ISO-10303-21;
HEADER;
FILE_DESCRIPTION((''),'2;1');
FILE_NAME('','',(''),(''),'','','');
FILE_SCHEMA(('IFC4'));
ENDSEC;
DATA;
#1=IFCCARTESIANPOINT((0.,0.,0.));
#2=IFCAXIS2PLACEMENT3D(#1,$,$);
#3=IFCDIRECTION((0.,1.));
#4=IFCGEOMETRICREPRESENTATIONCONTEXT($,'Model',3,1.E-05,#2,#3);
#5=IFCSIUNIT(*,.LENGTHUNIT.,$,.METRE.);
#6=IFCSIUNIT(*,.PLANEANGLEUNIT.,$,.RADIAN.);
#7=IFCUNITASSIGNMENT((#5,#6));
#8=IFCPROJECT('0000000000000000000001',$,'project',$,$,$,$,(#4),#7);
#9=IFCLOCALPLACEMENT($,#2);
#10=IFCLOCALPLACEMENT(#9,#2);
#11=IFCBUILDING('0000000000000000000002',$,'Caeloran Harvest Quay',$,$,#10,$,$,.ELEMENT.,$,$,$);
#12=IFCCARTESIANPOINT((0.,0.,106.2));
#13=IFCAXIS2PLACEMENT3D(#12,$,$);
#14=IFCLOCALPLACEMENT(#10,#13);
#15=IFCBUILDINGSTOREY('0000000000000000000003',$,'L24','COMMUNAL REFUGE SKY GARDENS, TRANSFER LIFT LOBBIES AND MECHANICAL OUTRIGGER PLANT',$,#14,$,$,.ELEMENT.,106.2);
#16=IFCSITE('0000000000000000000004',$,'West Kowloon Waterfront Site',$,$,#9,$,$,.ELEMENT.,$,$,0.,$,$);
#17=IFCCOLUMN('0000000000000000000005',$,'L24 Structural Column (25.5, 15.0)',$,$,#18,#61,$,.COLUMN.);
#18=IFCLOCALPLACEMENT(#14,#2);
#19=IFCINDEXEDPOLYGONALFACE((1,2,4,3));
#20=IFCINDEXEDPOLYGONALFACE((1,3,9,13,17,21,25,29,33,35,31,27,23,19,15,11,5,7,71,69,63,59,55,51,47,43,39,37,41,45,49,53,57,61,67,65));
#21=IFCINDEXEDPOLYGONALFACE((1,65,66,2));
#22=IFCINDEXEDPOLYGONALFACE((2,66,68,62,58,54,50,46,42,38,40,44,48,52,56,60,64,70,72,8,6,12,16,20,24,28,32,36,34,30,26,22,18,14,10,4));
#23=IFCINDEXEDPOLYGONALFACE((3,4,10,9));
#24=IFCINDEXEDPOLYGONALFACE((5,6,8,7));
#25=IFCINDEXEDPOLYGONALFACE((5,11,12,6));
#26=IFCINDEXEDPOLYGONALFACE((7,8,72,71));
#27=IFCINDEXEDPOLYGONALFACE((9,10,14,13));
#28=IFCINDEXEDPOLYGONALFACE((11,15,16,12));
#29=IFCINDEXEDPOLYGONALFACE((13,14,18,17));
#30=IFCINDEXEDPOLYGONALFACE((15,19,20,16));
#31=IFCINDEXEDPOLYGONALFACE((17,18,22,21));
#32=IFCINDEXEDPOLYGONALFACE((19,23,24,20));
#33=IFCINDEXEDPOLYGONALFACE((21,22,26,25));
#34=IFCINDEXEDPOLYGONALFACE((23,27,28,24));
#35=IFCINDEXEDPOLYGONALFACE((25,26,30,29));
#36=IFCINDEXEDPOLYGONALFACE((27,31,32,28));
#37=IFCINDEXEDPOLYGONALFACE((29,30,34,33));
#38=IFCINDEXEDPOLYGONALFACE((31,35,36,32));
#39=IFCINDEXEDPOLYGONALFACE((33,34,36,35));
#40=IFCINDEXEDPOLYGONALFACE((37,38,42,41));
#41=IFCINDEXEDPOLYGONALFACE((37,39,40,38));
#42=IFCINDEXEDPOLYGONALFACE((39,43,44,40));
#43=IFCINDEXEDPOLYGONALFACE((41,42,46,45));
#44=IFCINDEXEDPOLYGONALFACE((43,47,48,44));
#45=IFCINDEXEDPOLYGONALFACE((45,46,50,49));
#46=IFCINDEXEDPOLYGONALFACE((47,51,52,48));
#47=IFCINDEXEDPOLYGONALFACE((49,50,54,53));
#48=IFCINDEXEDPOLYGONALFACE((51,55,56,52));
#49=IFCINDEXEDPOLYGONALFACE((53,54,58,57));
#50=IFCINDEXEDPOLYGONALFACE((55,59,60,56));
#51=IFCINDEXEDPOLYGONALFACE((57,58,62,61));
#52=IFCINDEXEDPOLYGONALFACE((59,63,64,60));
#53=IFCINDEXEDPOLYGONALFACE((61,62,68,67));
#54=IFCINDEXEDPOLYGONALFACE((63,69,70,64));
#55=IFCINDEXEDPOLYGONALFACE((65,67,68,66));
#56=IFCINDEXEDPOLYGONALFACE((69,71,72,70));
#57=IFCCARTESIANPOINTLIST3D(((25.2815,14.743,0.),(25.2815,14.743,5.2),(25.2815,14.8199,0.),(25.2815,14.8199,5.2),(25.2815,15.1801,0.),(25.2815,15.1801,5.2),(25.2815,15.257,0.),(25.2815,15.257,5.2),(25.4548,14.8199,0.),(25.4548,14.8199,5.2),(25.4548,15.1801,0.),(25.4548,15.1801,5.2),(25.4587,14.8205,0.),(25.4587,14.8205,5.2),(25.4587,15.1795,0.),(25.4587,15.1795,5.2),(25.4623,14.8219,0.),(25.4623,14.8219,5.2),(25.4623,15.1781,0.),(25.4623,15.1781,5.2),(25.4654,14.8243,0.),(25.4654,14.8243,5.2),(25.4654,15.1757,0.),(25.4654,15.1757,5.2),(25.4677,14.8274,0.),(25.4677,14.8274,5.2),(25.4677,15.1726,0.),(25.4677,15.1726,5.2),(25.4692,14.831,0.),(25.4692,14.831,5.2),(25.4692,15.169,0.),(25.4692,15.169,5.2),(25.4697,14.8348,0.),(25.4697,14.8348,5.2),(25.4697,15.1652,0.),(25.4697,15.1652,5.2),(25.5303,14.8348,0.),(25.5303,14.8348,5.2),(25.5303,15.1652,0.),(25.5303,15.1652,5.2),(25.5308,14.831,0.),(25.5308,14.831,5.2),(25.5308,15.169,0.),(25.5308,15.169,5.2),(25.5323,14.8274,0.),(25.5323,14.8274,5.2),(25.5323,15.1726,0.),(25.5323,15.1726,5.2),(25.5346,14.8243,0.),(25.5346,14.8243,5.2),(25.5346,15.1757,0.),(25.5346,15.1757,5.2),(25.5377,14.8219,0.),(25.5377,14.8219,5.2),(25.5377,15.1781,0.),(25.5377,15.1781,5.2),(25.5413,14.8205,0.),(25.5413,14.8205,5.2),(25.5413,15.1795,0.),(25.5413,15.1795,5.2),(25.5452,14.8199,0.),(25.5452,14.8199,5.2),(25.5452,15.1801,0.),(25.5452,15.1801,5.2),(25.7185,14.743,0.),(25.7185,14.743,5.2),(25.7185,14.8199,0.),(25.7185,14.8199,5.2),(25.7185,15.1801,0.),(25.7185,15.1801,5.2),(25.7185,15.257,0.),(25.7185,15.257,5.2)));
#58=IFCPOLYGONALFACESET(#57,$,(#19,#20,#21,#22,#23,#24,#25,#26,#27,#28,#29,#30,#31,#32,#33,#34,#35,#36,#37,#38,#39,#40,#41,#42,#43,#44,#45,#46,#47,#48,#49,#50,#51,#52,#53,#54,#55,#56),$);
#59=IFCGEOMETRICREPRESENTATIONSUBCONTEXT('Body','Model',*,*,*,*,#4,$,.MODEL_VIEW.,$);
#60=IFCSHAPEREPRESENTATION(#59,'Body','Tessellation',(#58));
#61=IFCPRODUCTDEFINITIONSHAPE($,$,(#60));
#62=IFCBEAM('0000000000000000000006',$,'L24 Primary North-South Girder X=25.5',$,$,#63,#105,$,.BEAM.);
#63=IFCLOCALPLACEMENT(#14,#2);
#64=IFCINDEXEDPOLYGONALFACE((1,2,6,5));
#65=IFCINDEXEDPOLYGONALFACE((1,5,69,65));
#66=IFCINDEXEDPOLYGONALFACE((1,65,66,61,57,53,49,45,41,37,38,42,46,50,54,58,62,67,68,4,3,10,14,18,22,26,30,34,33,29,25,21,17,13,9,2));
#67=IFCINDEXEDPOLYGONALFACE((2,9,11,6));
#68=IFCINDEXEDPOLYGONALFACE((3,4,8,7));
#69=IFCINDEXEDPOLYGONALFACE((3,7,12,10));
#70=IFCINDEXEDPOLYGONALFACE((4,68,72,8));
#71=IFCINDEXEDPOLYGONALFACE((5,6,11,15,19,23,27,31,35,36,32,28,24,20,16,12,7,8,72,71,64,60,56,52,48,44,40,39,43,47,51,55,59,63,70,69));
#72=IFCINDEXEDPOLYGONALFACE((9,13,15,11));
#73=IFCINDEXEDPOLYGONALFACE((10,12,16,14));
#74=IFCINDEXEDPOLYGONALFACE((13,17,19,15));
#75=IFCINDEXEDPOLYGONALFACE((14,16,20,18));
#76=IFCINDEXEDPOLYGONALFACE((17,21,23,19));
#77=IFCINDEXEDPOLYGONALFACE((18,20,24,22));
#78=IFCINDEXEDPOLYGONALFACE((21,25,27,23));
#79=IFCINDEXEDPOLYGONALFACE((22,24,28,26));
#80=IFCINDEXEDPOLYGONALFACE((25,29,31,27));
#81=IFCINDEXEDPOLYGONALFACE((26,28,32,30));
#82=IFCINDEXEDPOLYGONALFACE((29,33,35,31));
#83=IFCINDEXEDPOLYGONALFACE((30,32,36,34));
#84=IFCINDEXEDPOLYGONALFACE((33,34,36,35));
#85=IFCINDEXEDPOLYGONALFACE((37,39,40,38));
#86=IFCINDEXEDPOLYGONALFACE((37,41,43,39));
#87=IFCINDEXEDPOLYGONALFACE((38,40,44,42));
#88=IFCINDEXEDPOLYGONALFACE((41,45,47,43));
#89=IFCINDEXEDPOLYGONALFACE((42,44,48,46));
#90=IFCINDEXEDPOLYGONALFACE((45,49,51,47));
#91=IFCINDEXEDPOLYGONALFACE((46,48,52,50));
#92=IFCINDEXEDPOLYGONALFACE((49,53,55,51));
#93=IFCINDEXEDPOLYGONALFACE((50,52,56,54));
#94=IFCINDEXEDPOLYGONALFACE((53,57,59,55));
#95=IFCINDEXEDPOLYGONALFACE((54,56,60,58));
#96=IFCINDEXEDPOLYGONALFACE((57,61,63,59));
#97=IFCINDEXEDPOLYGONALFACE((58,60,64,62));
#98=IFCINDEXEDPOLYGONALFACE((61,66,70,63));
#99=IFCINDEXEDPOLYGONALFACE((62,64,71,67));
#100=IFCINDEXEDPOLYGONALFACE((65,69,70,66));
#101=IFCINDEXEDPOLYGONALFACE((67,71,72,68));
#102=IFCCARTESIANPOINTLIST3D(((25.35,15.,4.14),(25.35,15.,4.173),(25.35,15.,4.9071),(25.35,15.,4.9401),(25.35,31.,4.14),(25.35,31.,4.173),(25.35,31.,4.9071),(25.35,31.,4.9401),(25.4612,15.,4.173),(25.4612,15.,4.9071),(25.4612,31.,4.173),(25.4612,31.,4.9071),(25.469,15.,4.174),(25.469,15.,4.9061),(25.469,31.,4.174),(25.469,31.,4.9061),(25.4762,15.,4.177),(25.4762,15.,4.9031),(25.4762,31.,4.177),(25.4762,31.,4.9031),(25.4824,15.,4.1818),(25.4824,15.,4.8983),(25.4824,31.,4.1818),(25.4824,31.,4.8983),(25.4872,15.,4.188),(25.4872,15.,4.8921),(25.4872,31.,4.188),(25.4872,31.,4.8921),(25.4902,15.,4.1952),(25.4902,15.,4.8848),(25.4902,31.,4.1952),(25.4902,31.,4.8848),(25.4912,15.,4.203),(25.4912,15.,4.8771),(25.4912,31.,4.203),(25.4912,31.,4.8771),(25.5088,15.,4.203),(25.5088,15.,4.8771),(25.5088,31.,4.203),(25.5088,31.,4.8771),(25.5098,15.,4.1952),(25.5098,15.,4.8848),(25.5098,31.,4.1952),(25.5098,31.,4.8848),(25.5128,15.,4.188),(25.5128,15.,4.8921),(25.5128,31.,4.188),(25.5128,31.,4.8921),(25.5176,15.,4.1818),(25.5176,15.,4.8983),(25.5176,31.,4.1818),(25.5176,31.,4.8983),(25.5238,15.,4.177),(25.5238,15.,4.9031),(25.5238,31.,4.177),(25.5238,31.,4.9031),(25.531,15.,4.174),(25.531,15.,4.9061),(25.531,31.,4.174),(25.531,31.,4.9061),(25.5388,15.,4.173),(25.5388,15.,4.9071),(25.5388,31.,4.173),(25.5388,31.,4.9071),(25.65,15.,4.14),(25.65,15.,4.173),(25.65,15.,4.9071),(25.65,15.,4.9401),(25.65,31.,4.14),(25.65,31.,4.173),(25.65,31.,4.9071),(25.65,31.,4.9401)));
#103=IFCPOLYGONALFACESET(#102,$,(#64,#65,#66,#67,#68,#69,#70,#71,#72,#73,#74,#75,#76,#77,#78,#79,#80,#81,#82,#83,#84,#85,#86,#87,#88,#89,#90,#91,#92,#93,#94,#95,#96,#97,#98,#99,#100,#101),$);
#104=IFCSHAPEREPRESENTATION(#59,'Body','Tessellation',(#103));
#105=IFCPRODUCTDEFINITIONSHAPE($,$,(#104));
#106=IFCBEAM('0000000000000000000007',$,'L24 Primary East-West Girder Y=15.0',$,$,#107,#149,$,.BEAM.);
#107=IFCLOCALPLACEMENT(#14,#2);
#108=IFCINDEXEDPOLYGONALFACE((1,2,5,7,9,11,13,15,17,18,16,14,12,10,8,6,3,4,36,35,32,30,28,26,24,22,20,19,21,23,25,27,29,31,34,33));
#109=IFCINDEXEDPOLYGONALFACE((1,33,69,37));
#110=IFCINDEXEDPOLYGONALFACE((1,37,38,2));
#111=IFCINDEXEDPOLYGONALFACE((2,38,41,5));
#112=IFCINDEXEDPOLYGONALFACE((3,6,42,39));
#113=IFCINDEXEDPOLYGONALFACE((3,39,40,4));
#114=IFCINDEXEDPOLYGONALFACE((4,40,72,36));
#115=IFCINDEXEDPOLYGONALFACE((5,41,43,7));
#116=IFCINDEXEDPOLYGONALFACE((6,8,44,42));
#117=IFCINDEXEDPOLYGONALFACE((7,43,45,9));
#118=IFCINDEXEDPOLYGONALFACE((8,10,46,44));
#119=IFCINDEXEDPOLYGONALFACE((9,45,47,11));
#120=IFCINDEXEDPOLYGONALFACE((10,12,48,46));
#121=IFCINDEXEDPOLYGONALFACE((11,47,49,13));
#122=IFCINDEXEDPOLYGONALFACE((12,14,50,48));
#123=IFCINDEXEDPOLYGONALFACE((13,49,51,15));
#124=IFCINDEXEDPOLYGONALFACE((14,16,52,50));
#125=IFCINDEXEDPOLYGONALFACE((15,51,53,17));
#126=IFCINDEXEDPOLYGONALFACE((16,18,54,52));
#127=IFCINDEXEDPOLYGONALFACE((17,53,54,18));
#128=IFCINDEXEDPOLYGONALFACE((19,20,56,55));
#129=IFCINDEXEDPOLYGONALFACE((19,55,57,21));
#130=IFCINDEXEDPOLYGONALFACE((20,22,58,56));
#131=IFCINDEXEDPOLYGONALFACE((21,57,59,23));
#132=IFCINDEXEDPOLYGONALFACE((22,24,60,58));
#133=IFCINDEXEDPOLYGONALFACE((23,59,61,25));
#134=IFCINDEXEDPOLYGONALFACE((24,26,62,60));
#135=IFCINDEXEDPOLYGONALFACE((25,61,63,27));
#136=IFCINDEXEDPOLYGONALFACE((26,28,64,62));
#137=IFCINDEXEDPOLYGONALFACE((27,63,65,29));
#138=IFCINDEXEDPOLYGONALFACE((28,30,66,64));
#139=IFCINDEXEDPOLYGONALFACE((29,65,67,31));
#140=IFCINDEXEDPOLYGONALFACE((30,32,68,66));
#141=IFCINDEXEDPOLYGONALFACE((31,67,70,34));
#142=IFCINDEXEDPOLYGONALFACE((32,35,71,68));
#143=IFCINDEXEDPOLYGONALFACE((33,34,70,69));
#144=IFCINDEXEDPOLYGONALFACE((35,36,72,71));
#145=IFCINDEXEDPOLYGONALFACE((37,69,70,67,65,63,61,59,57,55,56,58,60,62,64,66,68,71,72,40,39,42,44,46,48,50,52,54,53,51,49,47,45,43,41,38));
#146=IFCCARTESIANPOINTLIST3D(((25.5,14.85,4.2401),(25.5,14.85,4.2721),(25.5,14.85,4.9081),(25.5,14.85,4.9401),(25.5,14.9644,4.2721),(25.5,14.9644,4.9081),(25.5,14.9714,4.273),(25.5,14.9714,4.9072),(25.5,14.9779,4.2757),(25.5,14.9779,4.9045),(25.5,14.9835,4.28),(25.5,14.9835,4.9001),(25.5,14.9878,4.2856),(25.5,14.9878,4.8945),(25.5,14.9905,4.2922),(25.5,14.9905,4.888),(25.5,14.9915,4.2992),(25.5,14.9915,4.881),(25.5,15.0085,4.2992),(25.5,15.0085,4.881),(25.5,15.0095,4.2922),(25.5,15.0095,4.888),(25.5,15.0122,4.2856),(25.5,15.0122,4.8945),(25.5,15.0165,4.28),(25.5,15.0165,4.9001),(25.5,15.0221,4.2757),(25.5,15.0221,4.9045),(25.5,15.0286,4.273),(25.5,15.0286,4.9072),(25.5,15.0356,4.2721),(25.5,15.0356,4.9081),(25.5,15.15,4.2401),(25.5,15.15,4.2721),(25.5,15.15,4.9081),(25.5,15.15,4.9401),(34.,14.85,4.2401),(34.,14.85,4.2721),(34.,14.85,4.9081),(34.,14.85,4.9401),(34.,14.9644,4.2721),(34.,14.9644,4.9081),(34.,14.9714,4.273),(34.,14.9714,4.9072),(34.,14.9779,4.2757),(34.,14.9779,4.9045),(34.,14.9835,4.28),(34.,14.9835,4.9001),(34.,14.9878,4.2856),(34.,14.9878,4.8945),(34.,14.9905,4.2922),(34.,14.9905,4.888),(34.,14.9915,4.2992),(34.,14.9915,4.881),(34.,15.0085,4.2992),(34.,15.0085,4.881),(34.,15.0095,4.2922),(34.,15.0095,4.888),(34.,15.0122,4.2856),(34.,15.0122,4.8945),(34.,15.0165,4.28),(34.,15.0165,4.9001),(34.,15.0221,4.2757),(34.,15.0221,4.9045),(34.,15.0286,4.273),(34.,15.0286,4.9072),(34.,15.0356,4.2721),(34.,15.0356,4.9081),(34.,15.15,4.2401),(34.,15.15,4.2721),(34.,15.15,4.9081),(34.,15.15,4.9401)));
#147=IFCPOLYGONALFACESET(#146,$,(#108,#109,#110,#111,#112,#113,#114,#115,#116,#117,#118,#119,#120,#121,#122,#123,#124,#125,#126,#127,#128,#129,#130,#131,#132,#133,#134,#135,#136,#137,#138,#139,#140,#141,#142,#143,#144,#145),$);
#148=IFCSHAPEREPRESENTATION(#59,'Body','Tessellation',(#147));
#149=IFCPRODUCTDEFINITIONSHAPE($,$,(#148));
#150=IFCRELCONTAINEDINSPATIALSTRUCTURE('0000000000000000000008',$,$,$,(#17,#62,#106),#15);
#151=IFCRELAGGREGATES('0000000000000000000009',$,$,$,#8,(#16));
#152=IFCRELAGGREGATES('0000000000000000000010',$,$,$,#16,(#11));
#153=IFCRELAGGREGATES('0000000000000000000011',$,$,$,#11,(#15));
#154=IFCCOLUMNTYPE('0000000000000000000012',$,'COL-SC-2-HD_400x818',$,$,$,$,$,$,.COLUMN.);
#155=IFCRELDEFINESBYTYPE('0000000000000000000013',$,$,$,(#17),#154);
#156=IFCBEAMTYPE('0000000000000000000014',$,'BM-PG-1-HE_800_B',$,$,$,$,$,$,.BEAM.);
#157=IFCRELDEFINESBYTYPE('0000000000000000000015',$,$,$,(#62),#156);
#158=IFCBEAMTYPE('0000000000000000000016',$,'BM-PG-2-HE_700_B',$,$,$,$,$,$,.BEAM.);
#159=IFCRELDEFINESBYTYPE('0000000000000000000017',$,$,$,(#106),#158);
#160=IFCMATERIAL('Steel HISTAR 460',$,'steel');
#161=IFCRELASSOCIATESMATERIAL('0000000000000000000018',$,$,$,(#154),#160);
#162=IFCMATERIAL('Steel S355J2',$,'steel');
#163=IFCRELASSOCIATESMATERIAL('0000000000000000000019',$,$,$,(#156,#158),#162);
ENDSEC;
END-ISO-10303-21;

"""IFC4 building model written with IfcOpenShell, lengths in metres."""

from ifc_helpers import new_model, si_unit, direction, frame, origin, origin_2d, place, context, subcontext, project, spatial, i_section, extrude, material, material_profile, profile_set, type_object, element, save


model = new_model("IFC4")

# Units and contexts
model_context = context("Model", 3, precision=1e-05, world=origin(), true_north=direction((0.0, 1.0)))
body_context = subcontext(model_context, "Body", "Model", "MODEL_VIEW")
ifc_project = project(units=[si_unit("LENGTHUNIT", "METRE"), si_unit("PLANEANGLEUNIT", "RADIAN")], contexts=[model_context])

# Site, building, storey
site_placement = place(None, origin())
site = spatial("IfcSite", under=ifc_project, at=site_placement, Name="West Kowloon Waterfront Site", CompositionType="ELEMENT", RefElevation=0.0)
building_placement = place(site_placement, origin())
building = spatial("IfcBuilding", under=site, at=building_placement, Name="Caeloran Harvest Quay", CompositionType="ELEMENT")
storey_placement = place(building_placement, frame((0.0, 0.0, 106.2)))
storey = spatial("IfcBuildingStorey", under=building, at=storey_placement, Name="L24", Description="COMMUNAL REFUGE SKY GARDENS, TRANSFER LIFT LOBBIES AND MECHANICAL OUTRIGGER PLANT", CompositionType="ELEMENT", Elevation=106.2)

# Column
ifc_material_1 = material(Name="Steel HISTAR 460", Category="steel")
ifc_material_profile_1 = material_profile(ifc_material_1, i_section(OverallWidth=0.437, OverallDepth=0.5139, WebThickness=0.0605, FlangeThickness=0.0769, FilletRadius=0.0149, at=origin_2d()), Name="HD 400x818")
ifc_profile_set_1 = profile_set([ifc_material_profile_1], Name="Steel HISTAR 460")
column_type = type_object("IfcColumnType", Name="COL-SC-2-HD_400x818", PredefinedType="COLUMN", material=ifc_profile_set_1)
column_placement = place(storey_placement, frame((25.5, 15.0, 0.0), z_axis=(0.0, 0.0, 1.0), x_axis=(1.0, 0.0, 0.0)))
element("IfcColumn", 1, at=column_placement, inside=storey, type_object=column_type, Name="L24 Structural Column (25.5, 15.0)", PredefinedType="COLUMN", context=body_context, shape_type="SweptSolid", body=[
    extrude(i_section(OverallWidth=0.437, OverallDepth=0.5139, WebThickness=0.0605, FlangeThickness=0.0769, FilletRadius=0.0149, at=origin_2d()), origin(), (0.0, 0.0, 1.0), 5.2),
])

# Beams
ifc_material_2 = material(Name="Steel S355J2", Category="steel")
ifc_material_profile_2 = material_profile(ifc_material_2, i_section(OverallWidth=0.3, OverallDepth=0.8, WebThickness=0.0176, FlangeThickness=0.033, FilletRadius=0.03, at=origin_2d()), Name="HE 800 B")
ifc_profile_set_2 = profile_set([ifc_material_profile_2], Name="Steel S355J2")
beam_type_1 = type_object("IfcBeamType", Name="BM-PG-1-HE_800_B", PredefinedType="BEAM", material=ifc_profile_set_2)
beam_1_placement = place(storey_placement, frame((25.5, 15.0, 4.54), z_axis=(0.0, 1.0, 0.0), x_axis=(-1.0, 0.0, 0.0)))
element("IfcBeam", 2, at=beam_1_placement, inside=storey, type_object=beam_type_1, Name="L24 Primary North-South Girder X=25.5", PredefinedType="BEAM", context=body_context, shape_type="SweptSolid", body=[
    extrude(i_section(OverallWidth=0.3, OverallDepth=0.8, WebThickness=0.0176, FlangeThickness=0.033, FilletRadius=0.03, at=origin_2d()), origin(), (0.0, 0.0, 1.0), 16.0),
])
ifc_material_profile_3 = material_profile(ifc_material_2, i_section(OverallWidth=0.3, OverallDepth=0.7, WebThickness=0.0171, FlangeThickness=0.032, FilletRadius=0.0271, at=origin_2d()), Name="HE 700 B")
ifc_profile_set_3 = profile_set([ifc_material_profile_3], Name="Steel S355J2")
beam_type_2 = type_object("IfcBeamType", Name="BM-PG-2-HE_700_B", PredefinedType="BEAM", material=ifc_profile_set_3)
beam_2_placement = place(storey_placement, frame((25.5, 15.0, 4.5901), z_axis=(1.0, 0.0, 0.0), x_axis=(0.0, 1.0, 0.0)))
element("IfcBeam", 3, at=beam_2_placement, inside=storey, type_object=beam_type_2, Name="L24 Primary East-West Girder Y=15.0", PredefinedType="BEAM", context=body_context, shape_type="SweptSolid", body=[
    extrude(i_section(OverallWidth=0.3, OverallDepth=0.7, WebThickness=0.0171, FlangeThickness=0.032, FilletRadius=0.0271, at=origin_2d()), origin(), (0.0, 0.0, 1.0), 8.5),
])

save(model, "model.ifc")
